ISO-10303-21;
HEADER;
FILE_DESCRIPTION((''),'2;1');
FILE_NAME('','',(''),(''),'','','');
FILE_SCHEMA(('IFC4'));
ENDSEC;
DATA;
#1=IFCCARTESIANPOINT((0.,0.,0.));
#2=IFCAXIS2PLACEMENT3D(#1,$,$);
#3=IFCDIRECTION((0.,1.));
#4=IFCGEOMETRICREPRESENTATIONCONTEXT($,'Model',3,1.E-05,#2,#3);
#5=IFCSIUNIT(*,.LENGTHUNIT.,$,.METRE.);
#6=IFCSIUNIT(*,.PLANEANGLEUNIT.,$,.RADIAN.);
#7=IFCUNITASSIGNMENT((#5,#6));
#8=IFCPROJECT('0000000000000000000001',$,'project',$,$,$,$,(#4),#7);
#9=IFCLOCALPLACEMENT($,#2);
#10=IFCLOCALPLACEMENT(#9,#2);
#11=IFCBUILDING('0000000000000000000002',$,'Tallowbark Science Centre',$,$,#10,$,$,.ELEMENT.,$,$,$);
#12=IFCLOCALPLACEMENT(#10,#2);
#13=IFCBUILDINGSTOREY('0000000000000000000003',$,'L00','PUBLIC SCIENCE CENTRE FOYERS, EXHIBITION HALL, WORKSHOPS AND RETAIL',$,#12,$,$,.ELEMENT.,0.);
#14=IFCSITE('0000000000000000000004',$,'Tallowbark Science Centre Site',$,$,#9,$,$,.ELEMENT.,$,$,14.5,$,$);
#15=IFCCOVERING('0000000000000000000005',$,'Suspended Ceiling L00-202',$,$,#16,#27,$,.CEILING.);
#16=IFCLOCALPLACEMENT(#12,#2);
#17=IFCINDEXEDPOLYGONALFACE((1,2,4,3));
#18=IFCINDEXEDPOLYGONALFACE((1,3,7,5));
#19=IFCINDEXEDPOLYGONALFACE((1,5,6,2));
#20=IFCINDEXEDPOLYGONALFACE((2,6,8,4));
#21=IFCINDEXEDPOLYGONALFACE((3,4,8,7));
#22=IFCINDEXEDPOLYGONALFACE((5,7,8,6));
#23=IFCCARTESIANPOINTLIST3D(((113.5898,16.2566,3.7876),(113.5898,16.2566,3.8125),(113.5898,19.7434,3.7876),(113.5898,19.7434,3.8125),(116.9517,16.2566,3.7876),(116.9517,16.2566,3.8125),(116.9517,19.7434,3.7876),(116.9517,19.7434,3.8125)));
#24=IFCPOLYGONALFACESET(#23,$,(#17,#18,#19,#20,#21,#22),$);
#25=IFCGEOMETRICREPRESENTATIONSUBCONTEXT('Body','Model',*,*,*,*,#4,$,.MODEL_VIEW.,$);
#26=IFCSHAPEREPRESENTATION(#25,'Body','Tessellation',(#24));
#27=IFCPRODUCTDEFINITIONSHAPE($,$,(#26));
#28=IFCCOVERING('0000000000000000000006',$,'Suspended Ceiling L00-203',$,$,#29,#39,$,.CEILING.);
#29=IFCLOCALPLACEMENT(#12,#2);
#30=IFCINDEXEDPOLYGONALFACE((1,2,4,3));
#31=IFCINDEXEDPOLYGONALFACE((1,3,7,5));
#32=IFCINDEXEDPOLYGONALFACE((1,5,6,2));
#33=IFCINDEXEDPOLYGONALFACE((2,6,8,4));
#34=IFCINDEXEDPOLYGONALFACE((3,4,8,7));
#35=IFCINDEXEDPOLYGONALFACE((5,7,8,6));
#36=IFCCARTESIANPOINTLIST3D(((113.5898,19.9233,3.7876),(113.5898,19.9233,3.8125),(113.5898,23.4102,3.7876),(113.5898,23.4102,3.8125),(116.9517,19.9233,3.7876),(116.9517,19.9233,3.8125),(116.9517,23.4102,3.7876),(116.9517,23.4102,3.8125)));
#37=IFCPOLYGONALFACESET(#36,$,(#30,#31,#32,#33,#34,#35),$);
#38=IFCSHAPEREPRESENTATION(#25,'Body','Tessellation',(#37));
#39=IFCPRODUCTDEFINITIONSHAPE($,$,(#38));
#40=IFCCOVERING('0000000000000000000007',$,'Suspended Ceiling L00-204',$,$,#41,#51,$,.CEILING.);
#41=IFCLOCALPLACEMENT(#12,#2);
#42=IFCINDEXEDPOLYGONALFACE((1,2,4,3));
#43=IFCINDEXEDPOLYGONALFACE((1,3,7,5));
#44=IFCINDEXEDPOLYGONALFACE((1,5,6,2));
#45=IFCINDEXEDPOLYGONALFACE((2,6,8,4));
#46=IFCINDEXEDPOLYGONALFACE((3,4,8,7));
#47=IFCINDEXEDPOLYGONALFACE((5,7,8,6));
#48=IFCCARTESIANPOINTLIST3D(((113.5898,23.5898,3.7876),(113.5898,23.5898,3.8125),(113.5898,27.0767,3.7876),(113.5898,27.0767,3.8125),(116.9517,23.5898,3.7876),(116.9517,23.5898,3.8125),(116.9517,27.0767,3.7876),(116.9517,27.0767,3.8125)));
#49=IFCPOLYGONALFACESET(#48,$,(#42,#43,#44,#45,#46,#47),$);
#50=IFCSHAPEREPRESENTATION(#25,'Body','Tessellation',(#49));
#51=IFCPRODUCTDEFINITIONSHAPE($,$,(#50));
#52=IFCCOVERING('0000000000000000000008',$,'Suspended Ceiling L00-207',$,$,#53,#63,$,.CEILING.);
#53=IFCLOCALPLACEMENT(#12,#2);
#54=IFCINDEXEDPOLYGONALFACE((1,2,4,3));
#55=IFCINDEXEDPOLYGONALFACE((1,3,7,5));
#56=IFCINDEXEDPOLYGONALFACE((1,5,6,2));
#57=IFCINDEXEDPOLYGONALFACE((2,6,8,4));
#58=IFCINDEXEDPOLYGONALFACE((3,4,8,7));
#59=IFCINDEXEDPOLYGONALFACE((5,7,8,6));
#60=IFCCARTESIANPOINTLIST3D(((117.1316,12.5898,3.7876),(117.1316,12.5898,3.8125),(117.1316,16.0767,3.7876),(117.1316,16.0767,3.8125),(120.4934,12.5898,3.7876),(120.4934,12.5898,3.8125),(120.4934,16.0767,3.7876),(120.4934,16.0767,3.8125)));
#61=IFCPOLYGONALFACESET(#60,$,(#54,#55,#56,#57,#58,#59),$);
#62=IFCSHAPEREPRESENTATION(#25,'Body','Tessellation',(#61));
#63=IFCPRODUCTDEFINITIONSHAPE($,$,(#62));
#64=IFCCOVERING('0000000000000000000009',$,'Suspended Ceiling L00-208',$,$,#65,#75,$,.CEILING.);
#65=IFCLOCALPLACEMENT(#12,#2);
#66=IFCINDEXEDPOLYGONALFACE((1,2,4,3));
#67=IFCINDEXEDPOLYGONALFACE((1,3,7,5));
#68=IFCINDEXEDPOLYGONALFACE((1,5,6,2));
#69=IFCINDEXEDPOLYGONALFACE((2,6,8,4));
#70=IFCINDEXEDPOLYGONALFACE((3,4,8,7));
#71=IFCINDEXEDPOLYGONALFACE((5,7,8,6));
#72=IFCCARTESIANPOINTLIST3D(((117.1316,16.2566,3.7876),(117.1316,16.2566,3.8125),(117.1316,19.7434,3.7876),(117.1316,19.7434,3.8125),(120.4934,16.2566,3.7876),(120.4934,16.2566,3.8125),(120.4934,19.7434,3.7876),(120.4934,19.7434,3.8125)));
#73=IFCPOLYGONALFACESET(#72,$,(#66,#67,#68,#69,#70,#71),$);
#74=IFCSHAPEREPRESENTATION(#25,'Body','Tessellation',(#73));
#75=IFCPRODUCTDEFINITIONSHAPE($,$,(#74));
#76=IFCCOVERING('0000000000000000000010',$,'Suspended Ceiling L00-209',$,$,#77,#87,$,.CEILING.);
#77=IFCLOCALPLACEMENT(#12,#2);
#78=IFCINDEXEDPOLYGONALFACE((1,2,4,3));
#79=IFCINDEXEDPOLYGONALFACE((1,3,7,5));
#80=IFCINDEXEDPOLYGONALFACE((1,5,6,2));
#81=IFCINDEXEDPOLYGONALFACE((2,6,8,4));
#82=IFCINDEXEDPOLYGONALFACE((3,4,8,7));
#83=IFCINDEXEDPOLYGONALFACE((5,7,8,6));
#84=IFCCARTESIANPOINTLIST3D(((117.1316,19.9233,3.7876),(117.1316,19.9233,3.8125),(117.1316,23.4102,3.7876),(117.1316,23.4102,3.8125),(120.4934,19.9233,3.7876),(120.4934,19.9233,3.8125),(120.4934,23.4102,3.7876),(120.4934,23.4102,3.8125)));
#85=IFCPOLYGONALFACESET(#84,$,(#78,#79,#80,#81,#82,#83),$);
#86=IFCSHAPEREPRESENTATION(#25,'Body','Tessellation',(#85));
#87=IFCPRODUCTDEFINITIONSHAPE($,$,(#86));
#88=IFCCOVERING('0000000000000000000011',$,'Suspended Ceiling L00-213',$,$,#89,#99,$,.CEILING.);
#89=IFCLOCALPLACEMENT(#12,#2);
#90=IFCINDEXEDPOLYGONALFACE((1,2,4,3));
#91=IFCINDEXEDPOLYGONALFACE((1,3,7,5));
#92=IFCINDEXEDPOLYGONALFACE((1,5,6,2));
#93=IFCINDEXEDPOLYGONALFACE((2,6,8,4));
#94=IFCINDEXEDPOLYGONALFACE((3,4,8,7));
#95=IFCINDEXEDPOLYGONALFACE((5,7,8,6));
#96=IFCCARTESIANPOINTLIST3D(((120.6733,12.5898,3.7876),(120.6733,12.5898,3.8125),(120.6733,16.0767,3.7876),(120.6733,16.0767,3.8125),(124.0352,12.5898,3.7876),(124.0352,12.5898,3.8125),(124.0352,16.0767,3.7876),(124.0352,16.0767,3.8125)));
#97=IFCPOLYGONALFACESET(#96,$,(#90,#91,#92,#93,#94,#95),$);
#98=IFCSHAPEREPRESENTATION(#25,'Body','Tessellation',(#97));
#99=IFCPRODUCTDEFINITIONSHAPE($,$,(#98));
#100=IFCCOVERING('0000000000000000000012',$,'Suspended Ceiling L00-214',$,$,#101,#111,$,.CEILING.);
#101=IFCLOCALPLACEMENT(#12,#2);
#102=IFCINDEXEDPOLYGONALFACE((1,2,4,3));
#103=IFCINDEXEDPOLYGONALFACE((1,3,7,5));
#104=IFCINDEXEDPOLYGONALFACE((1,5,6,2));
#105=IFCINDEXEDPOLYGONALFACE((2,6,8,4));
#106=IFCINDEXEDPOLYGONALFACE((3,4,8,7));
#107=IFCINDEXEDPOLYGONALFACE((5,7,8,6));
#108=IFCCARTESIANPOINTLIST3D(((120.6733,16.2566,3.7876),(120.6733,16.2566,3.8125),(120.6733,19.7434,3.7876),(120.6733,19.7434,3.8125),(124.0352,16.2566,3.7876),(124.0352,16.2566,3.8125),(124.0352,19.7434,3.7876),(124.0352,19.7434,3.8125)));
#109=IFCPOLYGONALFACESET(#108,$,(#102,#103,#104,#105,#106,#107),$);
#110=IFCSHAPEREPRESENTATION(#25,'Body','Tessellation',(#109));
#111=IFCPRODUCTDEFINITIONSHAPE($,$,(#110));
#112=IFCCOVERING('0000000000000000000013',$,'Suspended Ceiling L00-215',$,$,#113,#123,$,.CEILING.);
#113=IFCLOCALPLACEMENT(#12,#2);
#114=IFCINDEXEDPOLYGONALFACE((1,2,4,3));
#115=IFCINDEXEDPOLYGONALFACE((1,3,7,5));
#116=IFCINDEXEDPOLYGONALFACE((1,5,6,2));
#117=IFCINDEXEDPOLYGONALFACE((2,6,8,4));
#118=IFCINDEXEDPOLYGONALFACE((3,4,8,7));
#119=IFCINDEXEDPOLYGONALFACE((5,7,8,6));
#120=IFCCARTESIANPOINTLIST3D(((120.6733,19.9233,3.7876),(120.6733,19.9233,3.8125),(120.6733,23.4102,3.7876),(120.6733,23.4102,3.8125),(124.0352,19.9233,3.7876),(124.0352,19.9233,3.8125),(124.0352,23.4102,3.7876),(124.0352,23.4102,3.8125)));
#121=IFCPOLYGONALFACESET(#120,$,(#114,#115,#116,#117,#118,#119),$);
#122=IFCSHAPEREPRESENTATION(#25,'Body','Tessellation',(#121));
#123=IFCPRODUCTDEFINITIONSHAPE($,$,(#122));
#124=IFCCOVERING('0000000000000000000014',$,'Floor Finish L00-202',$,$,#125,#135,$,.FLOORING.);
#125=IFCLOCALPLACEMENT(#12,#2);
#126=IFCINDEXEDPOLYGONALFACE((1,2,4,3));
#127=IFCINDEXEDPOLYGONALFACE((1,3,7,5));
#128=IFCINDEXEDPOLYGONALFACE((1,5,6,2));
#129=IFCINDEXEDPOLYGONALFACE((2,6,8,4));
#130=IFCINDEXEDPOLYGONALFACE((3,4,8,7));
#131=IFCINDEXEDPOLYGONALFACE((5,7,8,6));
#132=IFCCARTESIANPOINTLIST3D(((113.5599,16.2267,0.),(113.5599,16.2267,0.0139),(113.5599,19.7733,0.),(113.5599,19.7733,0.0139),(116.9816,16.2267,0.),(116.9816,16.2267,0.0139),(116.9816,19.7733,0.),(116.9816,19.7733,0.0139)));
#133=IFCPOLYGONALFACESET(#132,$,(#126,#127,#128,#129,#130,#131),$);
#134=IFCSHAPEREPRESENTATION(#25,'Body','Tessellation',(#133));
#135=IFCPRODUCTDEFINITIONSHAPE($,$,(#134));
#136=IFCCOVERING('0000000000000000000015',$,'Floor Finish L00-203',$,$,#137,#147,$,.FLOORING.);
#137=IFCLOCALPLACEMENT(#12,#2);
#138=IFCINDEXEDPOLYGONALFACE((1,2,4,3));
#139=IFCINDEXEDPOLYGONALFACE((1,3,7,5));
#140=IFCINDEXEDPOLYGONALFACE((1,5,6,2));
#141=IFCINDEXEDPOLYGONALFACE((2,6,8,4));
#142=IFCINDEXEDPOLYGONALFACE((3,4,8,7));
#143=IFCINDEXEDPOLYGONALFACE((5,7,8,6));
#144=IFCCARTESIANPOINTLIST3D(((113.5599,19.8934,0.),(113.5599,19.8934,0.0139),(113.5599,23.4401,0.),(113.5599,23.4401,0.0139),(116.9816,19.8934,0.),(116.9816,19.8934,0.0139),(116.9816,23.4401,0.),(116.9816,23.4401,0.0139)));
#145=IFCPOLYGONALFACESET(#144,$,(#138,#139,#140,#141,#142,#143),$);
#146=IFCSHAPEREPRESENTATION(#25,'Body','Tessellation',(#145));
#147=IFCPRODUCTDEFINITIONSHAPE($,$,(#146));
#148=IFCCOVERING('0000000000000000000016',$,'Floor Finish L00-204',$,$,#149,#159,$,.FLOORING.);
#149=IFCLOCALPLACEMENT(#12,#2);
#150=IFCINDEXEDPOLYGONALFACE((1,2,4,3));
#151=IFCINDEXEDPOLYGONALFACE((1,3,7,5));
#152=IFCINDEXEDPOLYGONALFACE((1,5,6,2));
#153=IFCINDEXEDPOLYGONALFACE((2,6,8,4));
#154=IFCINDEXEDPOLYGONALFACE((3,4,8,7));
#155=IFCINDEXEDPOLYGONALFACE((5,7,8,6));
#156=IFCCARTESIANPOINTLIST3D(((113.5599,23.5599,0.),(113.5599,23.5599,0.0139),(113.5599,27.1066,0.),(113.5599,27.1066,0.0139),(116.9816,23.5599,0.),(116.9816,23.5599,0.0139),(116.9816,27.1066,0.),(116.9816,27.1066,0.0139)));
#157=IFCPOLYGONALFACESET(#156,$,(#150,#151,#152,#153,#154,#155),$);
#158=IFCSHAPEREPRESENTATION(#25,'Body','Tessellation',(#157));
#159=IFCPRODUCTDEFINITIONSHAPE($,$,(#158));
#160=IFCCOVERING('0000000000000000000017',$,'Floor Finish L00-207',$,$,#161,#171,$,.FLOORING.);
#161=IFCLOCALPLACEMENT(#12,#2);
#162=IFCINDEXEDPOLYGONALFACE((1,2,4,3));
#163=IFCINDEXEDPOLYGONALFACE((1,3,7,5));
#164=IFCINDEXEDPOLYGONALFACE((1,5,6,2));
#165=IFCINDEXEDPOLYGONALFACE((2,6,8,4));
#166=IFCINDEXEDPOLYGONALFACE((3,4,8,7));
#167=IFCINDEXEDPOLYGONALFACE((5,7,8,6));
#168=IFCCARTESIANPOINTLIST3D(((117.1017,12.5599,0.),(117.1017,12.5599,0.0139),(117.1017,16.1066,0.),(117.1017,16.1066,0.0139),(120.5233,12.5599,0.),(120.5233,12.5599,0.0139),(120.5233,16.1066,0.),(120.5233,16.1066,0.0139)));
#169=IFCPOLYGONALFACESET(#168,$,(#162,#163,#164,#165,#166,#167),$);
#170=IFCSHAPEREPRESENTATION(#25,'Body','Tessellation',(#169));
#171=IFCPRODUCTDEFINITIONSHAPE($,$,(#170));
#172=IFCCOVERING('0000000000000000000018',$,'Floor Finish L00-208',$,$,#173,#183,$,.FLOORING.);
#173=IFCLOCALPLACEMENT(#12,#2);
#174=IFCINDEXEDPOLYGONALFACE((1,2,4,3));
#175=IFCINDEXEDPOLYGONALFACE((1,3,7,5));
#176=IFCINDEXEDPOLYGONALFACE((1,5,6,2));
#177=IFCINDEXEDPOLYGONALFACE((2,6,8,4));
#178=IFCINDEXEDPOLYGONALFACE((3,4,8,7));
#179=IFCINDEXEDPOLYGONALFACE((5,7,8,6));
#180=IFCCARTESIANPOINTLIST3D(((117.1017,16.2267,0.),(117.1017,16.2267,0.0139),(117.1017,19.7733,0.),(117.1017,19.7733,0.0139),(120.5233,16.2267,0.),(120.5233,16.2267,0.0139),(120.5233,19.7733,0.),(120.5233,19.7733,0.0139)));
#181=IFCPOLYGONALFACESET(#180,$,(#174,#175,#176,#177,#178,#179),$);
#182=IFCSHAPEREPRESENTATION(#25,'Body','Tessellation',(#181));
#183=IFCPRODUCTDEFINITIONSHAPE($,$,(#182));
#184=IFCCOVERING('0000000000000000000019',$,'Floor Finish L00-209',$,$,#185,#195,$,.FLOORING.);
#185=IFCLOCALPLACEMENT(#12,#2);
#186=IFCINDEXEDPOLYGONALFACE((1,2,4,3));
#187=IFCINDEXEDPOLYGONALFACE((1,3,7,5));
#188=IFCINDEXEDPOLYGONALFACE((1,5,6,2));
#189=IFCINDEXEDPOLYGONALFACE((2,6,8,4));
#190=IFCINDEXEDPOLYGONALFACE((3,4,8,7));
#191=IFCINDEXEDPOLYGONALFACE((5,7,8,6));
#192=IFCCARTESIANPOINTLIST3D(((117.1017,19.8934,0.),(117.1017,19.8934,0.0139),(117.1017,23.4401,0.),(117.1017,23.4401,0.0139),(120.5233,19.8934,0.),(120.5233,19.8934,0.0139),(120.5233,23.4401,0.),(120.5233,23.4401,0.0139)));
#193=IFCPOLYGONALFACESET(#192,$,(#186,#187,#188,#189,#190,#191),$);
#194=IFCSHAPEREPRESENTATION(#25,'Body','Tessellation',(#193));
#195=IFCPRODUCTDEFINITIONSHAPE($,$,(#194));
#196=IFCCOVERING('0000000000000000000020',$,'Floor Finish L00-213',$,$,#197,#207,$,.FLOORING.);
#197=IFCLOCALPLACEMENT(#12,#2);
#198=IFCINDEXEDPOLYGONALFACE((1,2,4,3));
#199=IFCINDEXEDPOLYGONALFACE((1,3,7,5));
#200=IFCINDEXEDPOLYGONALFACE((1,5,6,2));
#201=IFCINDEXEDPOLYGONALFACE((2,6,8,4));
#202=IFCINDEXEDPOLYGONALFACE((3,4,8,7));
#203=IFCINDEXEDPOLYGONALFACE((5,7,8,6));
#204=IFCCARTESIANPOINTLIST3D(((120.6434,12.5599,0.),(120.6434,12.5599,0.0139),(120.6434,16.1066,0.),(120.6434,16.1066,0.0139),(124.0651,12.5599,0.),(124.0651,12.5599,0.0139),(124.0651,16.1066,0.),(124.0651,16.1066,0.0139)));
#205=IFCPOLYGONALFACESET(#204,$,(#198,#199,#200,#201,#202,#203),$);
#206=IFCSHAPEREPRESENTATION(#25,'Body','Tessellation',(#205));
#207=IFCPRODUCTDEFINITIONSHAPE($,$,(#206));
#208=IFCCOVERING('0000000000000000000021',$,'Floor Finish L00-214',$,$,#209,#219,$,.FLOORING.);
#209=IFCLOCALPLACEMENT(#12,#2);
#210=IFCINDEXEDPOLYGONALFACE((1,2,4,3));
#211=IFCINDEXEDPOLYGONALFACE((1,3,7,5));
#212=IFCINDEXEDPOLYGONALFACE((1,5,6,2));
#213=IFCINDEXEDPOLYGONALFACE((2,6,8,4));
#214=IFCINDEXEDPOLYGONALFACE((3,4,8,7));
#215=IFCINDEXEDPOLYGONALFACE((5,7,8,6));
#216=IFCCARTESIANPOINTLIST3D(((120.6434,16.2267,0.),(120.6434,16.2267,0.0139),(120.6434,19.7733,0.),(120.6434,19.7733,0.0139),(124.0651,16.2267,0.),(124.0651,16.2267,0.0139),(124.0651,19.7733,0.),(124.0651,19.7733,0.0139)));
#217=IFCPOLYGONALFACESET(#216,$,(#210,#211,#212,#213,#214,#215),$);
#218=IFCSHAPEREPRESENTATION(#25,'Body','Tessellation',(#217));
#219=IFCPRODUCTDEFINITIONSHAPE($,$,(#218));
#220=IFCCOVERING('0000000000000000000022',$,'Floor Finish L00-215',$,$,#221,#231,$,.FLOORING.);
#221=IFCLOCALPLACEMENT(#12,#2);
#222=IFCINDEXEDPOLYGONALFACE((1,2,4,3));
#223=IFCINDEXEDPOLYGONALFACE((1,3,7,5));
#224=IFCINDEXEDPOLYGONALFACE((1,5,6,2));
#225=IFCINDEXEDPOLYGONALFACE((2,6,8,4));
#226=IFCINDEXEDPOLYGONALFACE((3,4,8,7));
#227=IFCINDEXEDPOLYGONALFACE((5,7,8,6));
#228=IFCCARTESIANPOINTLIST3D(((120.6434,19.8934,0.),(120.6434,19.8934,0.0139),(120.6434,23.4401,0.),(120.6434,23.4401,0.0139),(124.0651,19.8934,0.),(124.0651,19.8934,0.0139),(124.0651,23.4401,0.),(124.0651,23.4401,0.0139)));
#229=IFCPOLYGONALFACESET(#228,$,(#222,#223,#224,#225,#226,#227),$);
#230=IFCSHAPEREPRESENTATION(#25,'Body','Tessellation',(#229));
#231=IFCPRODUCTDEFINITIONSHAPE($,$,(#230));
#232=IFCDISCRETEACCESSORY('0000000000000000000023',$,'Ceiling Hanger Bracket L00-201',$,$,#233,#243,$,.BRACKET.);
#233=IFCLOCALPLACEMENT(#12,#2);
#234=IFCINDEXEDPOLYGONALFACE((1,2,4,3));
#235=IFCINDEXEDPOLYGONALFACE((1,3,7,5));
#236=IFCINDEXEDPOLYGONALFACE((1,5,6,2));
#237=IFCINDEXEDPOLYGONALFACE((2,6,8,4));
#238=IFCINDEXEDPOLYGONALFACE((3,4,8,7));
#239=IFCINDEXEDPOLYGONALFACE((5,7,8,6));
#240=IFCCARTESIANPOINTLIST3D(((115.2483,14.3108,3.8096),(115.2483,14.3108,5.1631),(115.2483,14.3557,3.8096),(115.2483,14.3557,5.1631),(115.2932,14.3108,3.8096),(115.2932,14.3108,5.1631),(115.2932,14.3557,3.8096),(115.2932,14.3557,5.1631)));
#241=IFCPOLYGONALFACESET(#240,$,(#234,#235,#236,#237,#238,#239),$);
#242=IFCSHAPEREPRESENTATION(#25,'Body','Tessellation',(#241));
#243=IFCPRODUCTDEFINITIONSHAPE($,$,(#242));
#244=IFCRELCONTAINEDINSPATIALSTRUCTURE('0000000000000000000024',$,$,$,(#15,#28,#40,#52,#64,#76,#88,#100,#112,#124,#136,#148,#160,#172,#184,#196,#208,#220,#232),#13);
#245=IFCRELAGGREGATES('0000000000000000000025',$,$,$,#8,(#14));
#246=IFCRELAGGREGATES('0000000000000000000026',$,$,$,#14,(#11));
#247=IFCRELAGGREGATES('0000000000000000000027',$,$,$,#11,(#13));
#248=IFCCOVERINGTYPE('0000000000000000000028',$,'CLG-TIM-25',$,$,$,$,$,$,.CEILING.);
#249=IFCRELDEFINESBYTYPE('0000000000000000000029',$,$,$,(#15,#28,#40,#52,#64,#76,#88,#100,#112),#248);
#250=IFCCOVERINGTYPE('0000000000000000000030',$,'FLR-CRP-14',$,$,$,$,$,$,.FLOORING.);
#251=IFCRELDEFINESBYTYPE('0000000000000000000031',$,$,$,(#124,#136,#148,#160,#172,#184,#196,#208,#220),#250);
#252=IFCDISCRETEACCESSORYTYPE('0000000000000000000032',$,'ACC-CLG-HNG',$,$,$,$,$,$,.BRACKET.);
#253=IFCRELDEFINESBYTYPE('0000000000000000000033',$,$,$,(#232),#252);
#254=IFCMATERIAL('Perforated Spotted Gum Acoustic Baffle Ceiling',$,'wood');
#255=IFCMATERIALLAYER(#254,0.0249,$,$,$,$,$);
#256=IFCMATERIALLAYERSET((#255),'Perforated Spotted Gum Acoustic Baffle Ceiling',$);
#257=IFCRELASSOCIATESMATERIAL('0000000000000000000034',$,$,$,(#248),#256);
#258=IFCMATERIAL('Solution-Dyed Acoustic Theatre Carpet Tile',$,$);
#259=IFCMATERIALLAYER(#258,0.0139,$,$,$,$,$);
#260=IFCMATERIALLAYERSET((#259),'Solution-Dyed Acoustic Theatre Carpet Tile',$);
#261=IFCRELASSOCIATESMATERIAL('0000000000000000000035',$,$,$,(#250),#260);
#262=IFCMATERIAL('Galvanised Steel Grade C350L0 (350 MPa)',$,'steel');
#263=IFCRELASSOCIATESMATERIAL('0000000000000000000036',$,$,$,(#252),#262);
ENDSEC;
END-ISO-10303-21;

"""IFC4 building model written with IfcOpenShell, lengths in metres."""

from ifc_helpers import new_model, si_unit, direction, frame, origin, origin_2d, place, context, subcontext, project, spatial, rectangle, extrude, material, layer, layer_set, type_object, element, save


model = new_model("IFC4")

# Units and contexts
model_context = context("Model", 3, precision=1e-05, world=origin(), true_north=direction((0.0, 1.0)))
body_context = subcontext(model_context, "Body", "Model", "MODEL_VIEW")
ifc_project = project(units=[si_unit("LENGTHUNIT", "METRE"), si_unit("PLANEANGLEUNIT", "RADIAN")], contexts=[model_context])

# Site, building, storey
site_placement = place(None, origin())
site = spatial("IfcSite", under=ifc_project, at=site_placement, Name="Tallowbark Science Centre Site", CompositionType="ELEMENT", RefElevation=14.5)
building_placement = place(site_placement, origin())
building = spatial("IfcBuilding", under=site, at=building_placement, Name="Tallowbark Science Centre", CompositionType="ELEMENT")
storey_placement = place(building_placement, origin())
storey = spatial("IfcBuildingStorey", under=building, at=storey_placement, Name="L00", Description="PUBLIC SCIENCE CENTRE FOYERS, EXHIBITION HALL, WORKSHOPS AND RETAIL", CompositionType="ELEMENT", Elevation=0.0)

# Coverings
ifc_material_1 = material(Name="Perforated Spotted Gum Acoustic Baffle Ceiling", Category="wood")
ifc_layer_1 = layer(ifc_material_1, 0.0249)
ifc_layer_set_1 = layer_set([ifc_layer_1], Name="Perforated Spotted Gum Acoustic Baffle Ceiling")
covering_type_1 = type_object("IfcCoveringType", Name="CLG-TIM-25", PredefinedType="CEILING", material=ifc_layer_set_1)
for number, where, z_axis, x_axis, name in (
    (1, (115.2708, 18.0, 3.7876), (0.0, 0.0, 1.0), (1.0, 0.0, 0.0), "Suspended Ceiling L00-202"),
    (2, (115.2708, 21.6667, 3.7876), (0.0, 0.0, 1.0), (1.0, 0.0, 0.0), "Suspended Ceiling L00-203"),
    (3, (115.2708, 25.3333, 3.7876), (0.0, 0.0, 1.0), (1.0, 0.0, 0.0), "Suspended Ceiling L00-204"),
    (4, (118.8125, 14.3333, 3.7876), (0.0, 0.0, 1.0), (1.0, 0.0, 0.0), "Suspended Ceiling L00-207"),
    (5, (118.8125, 18.0, 3.7876), (0.0, 0.0, 1.0), (1.0, 0.0, 0.0), "Suspended Ceiling L00-208"),
    (6, (118.8125, 21.6667, 3.7876), (0.0, 0.0, 1.0), (1.0, 0.0, 0.0), "Suspended Ceiling L00-209"),
    (7, (122.3542, 14.3333, 3.7876), (0.0, 0.0, 1.0), (1.0, 0.0, 0.0), "Suspended Ceiling L00-213"),
    (8, (122.3542, 18.0, 3.7876), (0.0, 0.0, 1.0), (1.0, 0.0, 0.0), "Suspended Ceiling L00-214"),
    (9, (122.3542, 21.6667, 3.7876), (0.0, 0.0, 1.0), (1.0, 0.0, 0.0), "Suspended Ceiling L00-215"),
):
    element("IfcCovering", number, at=place(storey_placement, frame(where, z_axis=z_axis, x_axis=x_axis)), inside=storey, type_object=covering_type_1, Name=name, PredefinedType="CEILING", context=body_context, shape_type="SweptSolid", body=[
        extrude(rectangle(XDim=3.3618, YDim=3.4868, at=origin_2d()), origin(), (0.0, 0.0, 1.0), 0.0249),
    ])
ifc_material_2 = material(Name="Solution-Dyed Acoustic Theatre Carpet Tile")
ifc_layer_2 = layer(ifc_material_2, 0.0139)
ifc_layer_set_2 = layer_set([ifc_layer_2], Name="Solution-Dyed Acoustic Theatre Carpet Tile")
covering_type_2 = type_object("IfcCoveringType", Name="FLR-CRP-14", PredefinedType="FLOORING", material=ifc_layer_set_2)
for number, where, z_axis, x_axis, name in (
    (10, (115.2708, 18.0, 0.0), (0.0, 0.0, 1.0), (1.0, 0.0, 0.0), "Floor Finish L00-202"),
    (11, (115.2708, 21.6667, 0.0), (0.0, 0.0, 1.0), (1.0, 0.0, 0.0), "Floor Finish L00-203"),
    (12, (115.2708, 25.3333, 0.0), (0.0, 0.0, 1.0), (1.0, 0.0, 0.0), "Floor Finish L00-204"),
    (13, (118.8125, 14.3333, 0.0), (0.0, 0.0, 1.0), (1.0, 0.0, 0.0), "Floor Finish L00-207"),
    (14, (118.8125, 18.0, 0.0), (0.0, 0.0, 1.0), (1.0, 0.0, 0.0), "Floor Finish L00-208"),
    (15, (118.8125, 21.6667, 0.0), (0.0, 0.0, 1.0), (1.0, 0.0, 0.0), "Floor Finish L00-209"),
    (16, (122.3542, 14.3333, 0.0), (0.0, 0.0, 1.0), (1.0, 0.0, 0.0), "Floor Finish L00-213"),
    (17, (122.3542, 18.0, 0.0), (0.0, 0.0, 1.0), (1.0, 0.0, 0.0), "Floor Finish L00-214"),
    (18, (122.3542, 21.6667, 0.0), (0.0, 0.0, 1.0), (1.0, 0.0, 0.0), "Floor Finish L00-215"),
):
    element("IfcCovering", number, at=place(storey_placement, frame(where, z_axis=z_axis, x_axis=x_axis)), inside=storey, type_object=covering_type_2, Name=name, PredefinedType="FLOORING", context=body_context, shape_type="SweptSolid", body=[
        extrude(rectangle(XDim=3.4216, YDim=3.5466, at=origin_2d()), origin(), (0.0, 0.0, 1.0), 0.0139),
    ])

# Discrete accessory
ifc_material_3 = material(Name="Galvanised Steel Grade C350L0 (350 MPa)", Category="steel")
discrete_accessory_type = type_object("IfcDiscreteAccessoryType", Name="ACC-CLG-HNG", PredefinedType="BRACKET", material=ifc_material_3)
for number, where, z_axis, x_axis, name in (
    (19, (115.2708, 14.3333, 3.8096), (0.0, 0.0, 1.0), (1.0, 0.0, 0.0), "Ceiling Hanger Bracket L00-201"),
):
    element("IfcDiscreteAccessory", number, at=place(storey_placement, frame(where, z_axis=z_axis, x_axis=x_axis)), inside=storey, type_object=discrete_accessory_type, Name=name, PredefinedType="BRACKET", context=body_context, shape_type="SweptSolid", body=[
        extrude(rectangle(XDim=0.0449, YDim=0.0449, at=origin_2d()), origin(), (0.0, 0.0, 1.0), 1.3535),
    ])

save(model, "model.ifc")
